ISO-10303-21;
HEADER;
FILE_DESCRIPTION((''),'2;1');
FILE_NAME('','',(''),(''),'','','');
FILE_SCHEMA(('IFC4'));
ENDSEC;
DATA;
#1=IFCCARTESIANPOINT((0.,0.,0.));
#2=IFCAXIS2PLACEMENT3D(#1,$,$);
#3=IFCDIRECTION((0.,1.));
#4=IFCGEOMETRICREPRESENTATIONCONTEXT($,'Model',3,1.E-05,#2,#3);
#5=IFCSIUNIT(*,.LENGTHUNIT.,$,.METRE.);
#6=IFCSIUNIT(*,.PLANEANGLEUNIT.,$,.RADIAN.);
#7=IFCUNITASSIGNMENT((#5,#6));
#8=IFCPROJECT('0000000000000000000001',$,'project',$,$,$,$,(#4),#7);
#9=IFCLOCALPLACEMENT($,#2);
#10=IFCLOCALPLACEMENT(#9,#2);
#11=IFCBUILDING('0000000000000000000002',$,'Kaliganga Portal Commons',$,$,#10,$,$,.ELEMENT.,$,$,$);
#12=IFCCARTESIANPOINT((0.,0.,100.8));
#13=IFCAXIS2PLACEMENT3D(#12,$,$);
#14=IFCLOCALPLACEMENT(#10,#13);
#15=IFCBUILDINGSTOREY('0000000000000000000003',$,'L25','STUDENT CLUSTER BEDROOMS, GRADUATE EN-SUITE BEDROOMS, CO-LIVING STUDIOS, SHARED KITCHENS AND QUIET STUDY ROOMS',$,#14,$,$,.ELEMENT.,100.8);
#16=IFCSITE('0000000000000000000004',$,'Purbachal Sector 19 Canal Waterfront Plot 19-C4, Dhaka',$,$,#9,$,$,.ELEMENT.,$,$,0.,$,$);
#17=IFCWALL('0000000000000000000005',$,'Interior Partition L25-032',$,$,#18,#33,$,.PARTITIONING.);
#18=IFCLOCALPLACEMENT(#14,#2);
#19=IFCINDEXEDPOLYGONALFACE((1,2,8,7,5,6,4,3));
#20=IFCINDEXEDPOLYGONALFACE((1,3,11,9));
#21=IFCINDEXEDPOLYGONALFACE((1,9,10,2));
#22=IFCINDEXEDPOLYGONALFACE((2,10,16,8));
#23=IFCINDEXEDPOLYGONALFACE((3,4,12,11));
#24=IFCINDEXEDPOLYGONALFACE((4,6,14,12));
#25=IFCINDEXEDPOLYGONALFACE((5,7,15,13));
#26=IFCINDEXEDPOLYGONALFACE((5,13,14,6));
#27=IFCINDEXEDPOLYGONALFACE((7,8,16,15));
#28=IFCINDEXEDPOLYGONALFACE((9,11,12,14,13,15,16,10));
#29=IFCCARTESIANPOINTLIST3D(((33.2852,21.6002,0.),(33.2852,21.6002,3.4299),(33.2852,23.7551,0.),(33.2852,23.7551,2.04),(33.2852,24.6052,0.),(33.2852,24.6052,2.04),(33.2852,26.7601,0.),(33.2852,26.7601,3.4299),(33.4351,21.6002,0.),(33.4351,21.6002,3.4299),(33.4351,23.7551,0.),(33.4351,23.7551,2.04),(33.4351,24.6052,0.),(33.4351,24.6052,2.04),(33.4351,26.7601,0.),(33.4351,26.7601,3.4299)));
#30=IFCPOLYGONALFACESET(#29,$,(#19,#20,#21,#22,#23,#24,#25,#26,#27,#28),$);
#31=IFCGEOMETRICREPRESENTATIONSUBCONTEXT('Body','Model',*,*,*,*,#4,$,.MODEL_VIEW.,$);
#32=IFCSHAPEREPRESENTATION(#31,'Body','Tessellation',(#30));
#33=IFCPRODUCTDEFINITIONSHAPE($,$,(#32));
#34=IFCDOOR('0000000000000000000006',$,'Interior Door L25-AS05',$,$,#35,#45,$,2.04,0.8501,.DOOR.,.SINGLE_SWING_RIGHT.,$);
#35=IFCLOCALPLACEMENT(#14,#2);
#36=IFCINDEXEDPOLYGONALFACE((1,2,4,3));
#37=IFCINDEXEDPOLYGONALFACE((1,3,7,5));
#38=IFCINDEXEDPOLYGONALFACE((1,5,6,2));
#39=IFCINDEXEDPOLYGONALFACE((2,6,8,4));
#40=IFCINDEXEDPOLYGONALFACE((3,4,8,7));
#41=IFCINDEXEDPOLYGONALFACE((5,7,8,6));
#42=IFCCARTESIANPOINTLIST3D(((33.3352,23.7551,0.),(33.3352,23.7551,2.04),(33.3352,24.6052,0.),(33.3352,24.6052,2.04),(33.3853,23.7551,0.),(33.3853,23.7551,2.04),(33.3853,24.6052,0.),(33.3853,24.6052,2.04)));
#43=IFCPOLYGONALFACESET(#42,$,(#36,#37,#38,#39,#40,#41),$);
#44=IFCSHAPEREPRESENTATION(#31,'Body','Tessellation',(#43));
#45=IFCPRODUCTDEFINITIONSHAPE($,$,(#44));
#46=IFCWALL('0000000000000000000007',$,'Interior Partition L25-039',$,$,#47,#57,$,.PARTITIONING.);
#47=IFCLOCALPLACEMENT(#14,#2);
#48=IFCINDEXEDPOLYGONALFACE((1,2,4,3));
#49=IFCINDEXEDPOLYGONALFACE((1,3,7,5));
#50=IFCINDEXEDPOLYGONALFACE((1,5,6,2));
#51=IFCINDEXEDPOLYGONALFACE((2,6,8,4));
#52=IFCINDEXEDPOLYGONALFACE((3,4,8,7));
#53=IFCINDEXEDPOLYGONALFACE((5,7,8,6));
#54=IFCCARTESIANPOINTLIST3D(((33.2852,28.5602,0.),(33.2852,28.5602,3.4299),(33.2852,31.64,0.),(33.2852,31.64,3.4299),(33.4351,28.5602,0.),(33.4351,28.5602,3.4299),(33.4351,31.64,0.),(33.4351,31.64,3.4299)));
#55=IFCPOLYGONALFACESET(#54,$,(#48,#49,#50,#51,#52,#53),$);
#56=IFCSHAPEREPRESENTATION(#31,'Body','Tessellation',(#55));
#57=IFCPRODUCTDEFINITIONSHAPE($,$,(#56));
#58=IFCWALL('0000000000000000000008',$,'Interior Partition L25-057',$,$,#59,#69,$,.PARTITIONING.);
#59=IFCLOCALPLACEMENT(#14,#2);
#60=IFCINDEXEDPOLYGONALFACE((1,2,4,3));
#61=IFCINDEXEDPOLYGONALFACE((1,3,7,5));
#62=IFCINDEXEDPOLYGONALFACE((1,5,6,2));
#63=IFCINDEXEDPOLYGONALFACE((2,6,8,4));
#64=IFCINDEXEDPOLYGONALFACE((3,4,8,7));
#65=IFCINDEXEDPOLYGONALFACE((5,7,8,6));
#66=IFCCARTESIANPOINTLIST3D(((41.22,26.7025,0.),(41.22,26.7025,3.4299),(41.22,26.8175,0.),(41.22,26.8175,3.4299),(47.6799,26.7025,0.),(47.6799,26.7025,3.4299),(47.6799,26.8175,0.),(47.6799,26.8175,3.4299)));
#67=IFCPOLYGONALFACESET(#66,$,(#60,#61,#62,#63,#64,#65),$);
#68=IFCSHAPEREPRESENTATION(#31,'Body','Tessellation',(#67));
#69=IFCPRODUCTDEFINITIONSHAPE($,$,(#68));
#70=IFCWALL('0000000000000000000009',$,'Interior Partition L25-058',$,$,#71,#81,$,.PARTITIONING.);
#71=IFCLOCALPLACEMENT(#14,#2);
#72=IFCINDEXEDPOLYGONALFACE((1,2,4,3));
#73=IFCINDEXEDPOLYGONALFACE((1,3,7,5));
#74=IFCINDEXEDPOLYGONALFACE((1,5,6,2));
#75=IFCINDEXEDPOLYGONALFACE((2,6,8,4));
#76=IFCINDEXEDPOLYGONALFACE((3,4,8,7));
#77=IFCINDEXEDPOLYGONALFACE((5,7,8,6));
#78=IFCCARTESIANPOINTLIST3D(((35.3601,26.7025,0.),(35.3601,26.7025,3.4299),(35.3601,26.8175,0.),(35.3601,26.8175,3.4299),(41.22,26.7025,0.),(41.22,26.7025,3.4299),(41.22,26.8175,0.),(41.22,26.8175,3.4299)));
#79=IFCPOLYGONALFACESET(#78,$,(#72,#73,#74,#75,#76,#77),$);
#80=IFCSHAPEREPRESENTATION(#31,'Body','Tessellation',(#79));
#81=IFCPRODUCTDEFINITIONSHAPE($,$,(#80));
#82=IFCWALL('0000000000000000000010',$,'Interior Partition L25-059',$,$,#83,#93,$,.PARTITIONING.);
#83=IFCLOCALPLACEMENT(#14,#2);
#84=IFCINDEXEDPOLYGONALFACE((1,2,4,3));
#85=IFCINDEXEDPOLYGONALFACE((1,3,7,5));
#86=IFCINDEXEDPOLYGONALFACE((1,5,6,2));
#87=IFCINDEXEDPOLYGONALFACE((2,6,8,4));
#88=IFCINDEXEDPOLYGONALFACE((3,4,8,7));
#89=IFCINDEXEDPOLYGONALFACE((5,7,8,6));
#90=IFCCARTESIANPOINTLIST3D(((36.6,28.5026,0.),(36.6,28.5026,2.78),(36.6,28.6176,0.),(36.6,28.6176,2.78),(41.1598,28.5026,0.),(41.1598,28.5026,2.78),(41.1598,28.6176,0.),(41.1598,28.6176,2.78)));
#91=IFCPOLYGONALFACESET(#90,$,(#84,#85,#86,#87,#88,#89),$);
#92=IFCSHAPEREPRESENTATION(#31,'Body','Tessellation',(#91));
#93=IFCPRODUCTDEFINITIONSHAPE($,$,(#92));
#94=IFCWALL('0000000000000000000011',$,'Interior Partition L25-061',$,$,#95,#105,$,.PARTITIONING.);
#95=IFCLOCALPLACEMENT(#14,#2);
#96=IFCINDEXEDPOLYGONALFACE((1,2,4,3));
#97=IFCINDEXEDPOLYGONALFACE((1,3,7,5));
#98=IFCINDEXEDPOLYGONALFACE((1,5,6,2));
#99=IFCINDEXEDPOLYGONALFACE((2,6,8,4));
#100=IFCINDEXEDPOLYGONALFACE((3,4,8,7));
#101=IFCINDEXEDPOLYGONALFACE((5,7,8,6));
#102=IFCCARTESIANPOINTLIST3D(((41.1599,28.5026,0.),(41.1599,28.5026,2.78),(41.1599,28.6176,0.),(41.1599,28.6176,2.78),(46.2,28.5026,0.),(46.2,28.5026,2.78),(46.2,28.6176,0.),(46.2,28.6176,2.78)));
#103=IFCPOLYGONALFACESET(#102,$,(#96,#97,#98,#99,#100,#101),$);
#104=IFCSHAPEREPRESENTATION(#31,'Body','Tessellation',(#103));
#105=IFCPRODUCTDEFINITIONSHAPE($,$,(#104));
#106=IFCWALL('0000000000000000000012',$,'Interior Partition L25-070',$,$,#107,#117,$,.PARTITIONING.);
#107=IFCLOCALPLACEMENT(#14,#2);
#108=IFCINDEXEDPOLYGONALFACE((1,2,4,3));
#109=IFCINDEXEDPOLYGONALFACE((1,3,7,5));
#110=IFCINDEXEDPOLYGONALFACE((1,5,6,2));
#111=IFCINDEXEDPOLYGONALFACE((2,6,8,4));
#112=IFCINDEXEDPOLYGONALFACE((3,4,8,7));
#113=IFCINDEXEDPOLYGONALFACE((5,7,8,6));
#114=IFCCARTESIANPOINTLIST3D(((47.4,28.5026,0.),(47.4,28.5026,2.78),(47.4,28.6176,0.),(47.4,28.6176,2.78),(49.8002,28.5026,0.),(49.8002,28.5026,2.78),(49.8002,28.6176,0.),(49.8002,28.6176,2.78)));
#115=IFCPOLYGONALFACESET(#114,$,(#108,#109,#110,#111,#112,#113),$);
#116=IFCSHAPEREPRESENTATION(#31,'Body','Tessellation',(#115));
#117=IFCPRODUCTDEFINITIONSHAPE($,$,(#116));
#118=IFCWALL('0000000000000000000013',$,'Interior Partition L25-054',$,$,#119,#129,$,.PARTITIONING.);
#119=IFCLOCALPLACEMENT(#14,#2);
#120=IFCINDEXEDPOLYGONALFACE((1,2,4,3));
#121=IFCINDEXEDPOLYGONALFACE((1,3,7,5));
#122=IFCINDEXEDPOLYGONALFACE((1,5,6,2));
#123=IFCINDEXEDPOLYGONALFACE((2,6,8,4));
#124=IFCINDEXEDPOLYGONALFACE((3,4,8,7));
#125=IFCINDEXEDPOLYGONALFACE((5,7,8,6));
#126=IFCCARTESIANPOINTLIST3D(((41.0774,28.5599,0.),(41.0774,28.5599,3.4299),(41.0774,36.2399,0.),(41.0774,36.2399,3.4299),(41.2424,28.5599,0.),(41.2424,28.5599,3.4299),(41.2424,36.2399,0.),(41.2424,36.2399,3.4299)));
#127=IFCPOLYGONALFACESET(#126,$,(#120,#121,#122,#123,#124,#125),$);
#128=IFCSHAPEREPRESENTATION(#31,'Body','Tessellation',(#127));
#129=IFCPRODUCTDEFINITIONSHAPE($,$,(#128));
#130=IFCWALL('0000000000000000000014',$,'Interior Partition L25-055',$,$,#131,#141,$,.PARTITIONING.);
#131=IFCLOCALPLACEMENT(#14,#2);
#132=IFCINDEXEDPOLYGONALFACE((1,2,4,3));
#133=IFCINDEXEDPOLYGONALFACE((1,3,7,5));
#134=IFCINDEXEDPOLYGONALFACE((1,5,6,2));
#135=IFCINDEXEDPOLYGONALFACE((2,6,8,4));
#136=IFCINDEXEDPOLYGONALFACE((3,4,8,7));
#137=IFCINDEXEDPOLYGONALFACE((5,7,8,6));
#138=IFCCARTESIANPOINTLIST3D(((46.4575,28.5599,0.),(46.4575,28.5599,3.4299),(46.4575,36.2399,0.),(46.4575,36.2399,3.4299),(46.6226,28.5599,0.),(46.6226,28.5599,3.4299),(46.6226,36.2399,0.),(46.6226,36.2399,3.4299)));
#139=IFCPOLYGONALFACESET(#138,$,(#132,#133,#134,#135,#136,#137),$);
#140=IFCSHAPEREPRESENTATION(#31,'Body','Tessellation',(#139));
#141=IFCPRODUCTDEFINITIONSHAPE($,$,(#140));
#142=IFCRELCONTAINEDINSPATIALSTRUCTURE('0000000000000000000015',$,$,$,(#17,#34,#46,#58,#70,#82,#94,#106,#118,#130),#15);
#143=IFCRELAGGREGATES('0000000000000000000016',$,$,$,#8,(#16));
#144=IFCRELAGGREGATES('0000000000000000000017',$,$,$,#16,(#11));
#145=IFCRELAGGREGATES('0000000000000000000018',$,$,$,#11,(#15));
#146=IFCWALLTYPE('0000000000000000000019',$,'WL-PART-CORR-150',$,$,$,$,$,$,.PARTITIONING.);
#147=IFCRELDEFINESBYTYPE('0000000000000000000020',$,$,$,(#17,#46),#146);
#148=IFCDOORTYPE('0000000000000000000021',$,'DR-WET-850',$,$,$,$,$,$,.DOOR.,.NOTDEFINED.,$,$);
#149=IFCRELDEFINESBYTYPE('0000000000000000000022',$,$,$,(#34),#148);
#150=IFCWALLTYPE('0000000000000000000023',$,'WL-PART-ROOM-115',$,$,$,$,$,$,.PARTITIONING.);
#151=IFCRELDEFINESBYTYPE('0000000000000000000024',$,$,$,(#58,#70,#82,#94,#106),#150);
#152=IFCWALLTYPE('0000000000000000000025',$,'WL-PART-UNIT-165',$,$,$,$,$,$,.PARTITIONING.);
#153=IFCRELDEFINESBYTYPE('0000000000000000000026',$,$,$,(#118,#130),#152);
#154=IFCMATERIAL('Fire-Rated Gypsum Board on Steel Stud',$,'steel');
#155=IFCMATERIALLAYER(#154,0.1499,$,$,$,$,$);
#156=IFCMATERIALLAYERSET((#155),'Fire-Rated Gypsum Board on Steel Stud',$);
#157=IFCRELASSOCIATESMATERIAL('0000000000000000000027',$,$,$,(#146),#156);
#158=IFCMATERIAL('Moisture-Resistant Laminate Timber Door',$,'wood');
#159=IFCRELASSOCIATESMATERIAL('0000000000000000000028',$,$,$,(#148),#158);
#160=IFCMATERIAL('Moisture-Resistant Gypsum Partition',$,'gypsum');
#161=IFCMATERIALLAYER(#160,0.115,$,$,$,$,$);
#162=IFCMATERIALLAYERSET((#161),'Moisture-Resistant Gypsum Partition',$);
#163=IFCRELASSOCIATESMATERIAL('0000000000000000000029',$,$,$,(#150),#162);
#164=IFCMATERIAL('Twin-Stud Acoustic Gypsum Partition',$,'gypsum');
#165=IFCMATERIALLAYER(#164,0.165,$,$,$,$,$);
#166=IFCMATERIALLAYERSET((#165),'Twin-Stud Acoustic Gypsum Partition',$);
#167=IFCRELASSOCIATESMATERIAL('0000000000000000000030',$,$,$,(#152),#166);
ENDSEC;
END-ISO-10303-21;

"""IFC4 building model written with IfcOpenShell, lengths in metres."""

from ifc_helpers import new_model, si_unit, direction, frame, frame_2d, origin, place, context, subcontext, project, spatial, rectangle, extrude, material, layer, layer_set, type_object, element, fill, save


model = new_model("IFC4")

# Units and contexts
model_context = context("Model", 3, precision=1e-05, world=origin(), true_north=direction((0.0, 1.0)))
body_context = subcontext(model_context, "Body", "Model", "MODEL_VIEW")
ifc_project = project(units=[si_unit("LENGTHUNIT", "METRE"), si_unit("PLANEANGLEUNIT", "RADIAN")], contexts=[model_context])

# Site, building, storey
site_placement = place(None, origin())
site = spatial("IfcSite", under=ifc_project, at=site_placement, Name="Purbachal Sector 19 Canal Waterfront Plot 19-C4, Dhaka", CompositionType="ELEMENT", RefElevation=0.0)
building_placement = place(site_placement, origin())
building = spatial("IfcBuilding", under=site, at=building_placement, Name="Kaliganga Portal Commons", CompositionType="ELEMENT")
storey_placement = place(building_placement, frame((0.0, 0.0, 100.8)))
storey = spatial("IfcBuildingStorey", under=building, at=storey_placement, Name="L25", Description="STUDENT CLUSTER BEDROOMS, GRADUATE EN-SUITE BEDROOMS, CO-LIVING STUDIOS, SHARED KITCHENS AND QUIET STUDY ROOMS", CompositionType="ELEMENT", Elevation=100.8)

# Wall, opening, door
ifc_material_1 = material(Name="Fire-Rated Gypsum Board on Steel Stud", Category="steel")
ifc_layer_1 = layer(ifc_material_1, 0.1499)
ifc_layer_set_1 = layer_set([ifc_layer_1], Name="Fire-Rated Gypsum Board on Steel Stud")
wall_type_1 = type_object("IfcWallType", Name="WL-PART-CORR-150", PredefinedType="PARTITIONING", material=ifc_layer_set_1)
wall_1_placement = place(storey_placement, frame((33.3601, 21.6001, 0.0), z_axis=(0.0, 0.0, 1.0), x_axis=(0.0, 1.0, 0.0)))
wall_1 = element("IfcWall", 1, at=wall_1_placement, inside=storey, type_object=wall_type_1, Name="Interior Partition L25-032", PredefinedType="PARTITIONING", context=body_context, shape_type="SweptSolid", body=[
    extrude(rectangle(XDim=5.1599, YDim=0.1499, at=frame_2d((2.5801, 0.0))), origin(), (0.0, 0.0, 1.0), 3.4299),
])
opening_1_placement = place(wall_1_placement, frame((2.155, 0.0, 0.0)))
opening_1 = element("IfcOpeningElement", 2, at=opening_1_placement, cuts=wall_1, PredefinedType="OPENING", context=body_context, shape_type="SweptSolid", body=[
    extrude(rectangle(XDim=0.8501, YDim=2.04, at=frame_2d((0.425, 1.02))), frame((0.0, 0.085, 0.0), z_axis=(0.0, -1.0, 0.0), x_axis=(1.0, 0.0, 0.0)), (0.0, 0.0, 1.0), 0.1699),
])
ifc_material_2 = material(Name="Moisture-Resistant Laminate Timber Door", Category="wood")
door_type_1 = type_object("IfcDoorType", Name="DR-WET-850", OperationType="NOTDEFINED", PredefinedType="DOOR", material=ifc_material_2)
door_1_placement = place(opening_1_placement, origin())
door_1 = element("IfcDoor", 3, at=door_1_placement, inside=storey, type_object=door_type_1, Name="Interior Door L25-AS05", OperationType="SINGLE_SWING_RIGHT", OverallHeight=2.04, OverallWidth=0.8501, PredefinedType="DOOR", context=body_context, shape_type="SweptSolid", body=[
    extrude(rectangle(XDim=0.8501, YDim=2.04, at=frame_2d((0.425, 1.02))), frame((0.0, 0.0249, 0.0), z_axis=(0.0, -1.0, 0.0), x_axis=(1.0, 0.0, 0.0)), (0.0, 0.0, 1.0), 0.05),
])
fill(opening_1, door_1)

# Walls
wall_2_placement = place(storey_placement, frame((33.3601, 28.5601, 0.0), z_axis=(0.0, 0.0, 1.0), x_axis=(0.0, 1.0, 0.0)))
element("IfcWall", 4, at=wall_2_placement, inside=storey, type_object=wall_type_1, Name="Interior Partition L25-039", PredefinedType="PARTITIONING", context=body_context, shape_type="SweptSolid", body=[
    extrude(rectangle(XDim=3.0798, YDim=0.1499, at=frame_2d((1.54, 0.0))), origin(), (0.0, 0.0, 1.0), 3.4299),
])
ifc_material_3 = material(Name="Moisture-Resistant Gypsum Partition", Category="gypsum")
ifc_layer_2 = layer(ifc_material_3, 0.115)
ifc_layer_set_2 = layer_set([ifc_layer_2], Name="Moisture-Resistant Gypsum Partition")
wall_type_2 = type_object("IfcWallType", Name="WL-PART-ROOM-115", PredefinedType="PARTITIONING", material=ifc_layer_set_2)
wall_3_placement = place(storey_placement, frame((41.22, 26.76, 0.0), z_axis=(0.0, 0.0, 1.0), x_axis=(1.0, 0.0, 0.0)))
element("IfcWall", 5, at=wall_3_placement, inside=storey, type_object=wall_type_2, Name="Interior Partition L25-057", PredefinedType="PARTITIONING", context=body_context, shape_type="SweptSolid", body=[
    extrude(rectangle(XDim=6.46, YDim=0.115, at=frame_2d((3.23, 0.0))), origin(), (0.0, 0.0, 1.0), 3.4299),
])
wall_4_placement = place(storey_placement, frame((35.3601, 26.76, 0.0), z_axis=(0.0, 0.0, 1.0), x_axis=(1.0, 0.0, 0.0)))
element("IfcWall", 6, at=wall_4_placement, inside=storey, type_object=wall_type_2, Name="Interior Partition L25-058", PredefinedType="PARTITIONING", context=body_context, shape_type="SweptSolid", body=[
    extrude(rectangle(XDim=5.8599, YDim=0.115, at=frame_2d((2.9299, 0.0))), origin(), (0.0, 0.0, 1.0), 3.4299),
])
wall_5_placement = place(storey_placement, frame((36.6001, 28.5601, 0.0), z_axis=(0.0, 0.0, 1.0), x_axis=(1.0, 0.0, 0.0)))
element("IfcWall", 7, at=wall_5_placement, inside=storey, type_object=wall_type_2, Name="Interior Partition L25-059", PredefinedType="PARTITIONING", context=body_context, shape_type="SweptSolid", body=[
    extrude(rectangle(XDim=4.5598, YDim=0.115, at=frame_2d((2.2798, 0.0))), origin(), (0.0, 0.0, 1.0), 2.78),
])
wall_6_placement = place(storey_placement, frame((41.1599, 28.5601, 0.0), z_axis=(0.0, 0.0, 1.0), x_axis=(1.0, 0.0, 0.0)))
element("IfcWall", 8, at=wall_6_placement, inside=storey, type_object=wall_type_2, Name="Interior Partition L25-061", PredefinedType="PARTITIONING", context=body_context, shape_type="SweptSolid", body=[
    extrude(rectangle(XDim=5.04, YDim=0.115, at=frame_2d((2.52, 0.0))), origin(), (0.0, 0.0, 1.0), 2.78),
])
wall_7_placement = place(storey_placement, frame((47.3999, 28.5601, 0.0), z_axis=(0.0, 0.0, 1.0), x_axis=(1.0, 0.0, 0.0)))
element("IfcWall", 9, at=wall_7_placement, inside=storey, type_object=wall_type_2, Name="Interior Partition L25-070", PredefinedType="PARTITIONING", context=body_context, shape_type="SweptSolid", body=[
    extrude(rectangle(XDim=2.4001, YDim=0.115, at=frame_2d((1.2002, 0.0))), origin(), (0.0, 0.0, 1.0), 2.78),
])
ifc_material_4 = material(Name="Twin-Stud Acoustic Gypsum Partition", Category="gypsum")
ifc_layer_3 = layer(ifc_material_4, 0.165)
ifc_layer_set_3 = layer_set([ifc_layer_3], Name="Twin-Stud Acoustic Gypsum Partition")
wall_type_3 = type_object("IfcWallType", Name="WL-PART-UNIT-165", PredefinedType="PARTITIONING", material=ifc_layer_set_3)
for number, where, z_axis, x_axis, name in (
    (10, (41.1599, 28.5601, 0.0), (0.0, 0.0, 1.0), (0.0, 1.0, 0.0), "Interior Partition L25-054"),
    (11, (46.54, 28.5601, 0.0), (0.0, 0.0, 1.0), (0.0, 1.0, 0.0), "Interior Partition L25-055"),
):
    element("IfcWall", number, at=place(storey_placement, frame(where, z_axis=z_axis, x_axis=x_axis)), inside=storey, type_object=wall_type_3, Name=name, PredefinedType="PARTITIONING", context=body_context, shape_type="SweptSolid", body=[
        extrude(rectangle(XDim=7.6799, YDim=0.165, at=frame_2d((3.8398, 0.0))), origin(), (0.0, 0.0, 1.0), 3.4299),
    ])

save(model, "model.ifc")
